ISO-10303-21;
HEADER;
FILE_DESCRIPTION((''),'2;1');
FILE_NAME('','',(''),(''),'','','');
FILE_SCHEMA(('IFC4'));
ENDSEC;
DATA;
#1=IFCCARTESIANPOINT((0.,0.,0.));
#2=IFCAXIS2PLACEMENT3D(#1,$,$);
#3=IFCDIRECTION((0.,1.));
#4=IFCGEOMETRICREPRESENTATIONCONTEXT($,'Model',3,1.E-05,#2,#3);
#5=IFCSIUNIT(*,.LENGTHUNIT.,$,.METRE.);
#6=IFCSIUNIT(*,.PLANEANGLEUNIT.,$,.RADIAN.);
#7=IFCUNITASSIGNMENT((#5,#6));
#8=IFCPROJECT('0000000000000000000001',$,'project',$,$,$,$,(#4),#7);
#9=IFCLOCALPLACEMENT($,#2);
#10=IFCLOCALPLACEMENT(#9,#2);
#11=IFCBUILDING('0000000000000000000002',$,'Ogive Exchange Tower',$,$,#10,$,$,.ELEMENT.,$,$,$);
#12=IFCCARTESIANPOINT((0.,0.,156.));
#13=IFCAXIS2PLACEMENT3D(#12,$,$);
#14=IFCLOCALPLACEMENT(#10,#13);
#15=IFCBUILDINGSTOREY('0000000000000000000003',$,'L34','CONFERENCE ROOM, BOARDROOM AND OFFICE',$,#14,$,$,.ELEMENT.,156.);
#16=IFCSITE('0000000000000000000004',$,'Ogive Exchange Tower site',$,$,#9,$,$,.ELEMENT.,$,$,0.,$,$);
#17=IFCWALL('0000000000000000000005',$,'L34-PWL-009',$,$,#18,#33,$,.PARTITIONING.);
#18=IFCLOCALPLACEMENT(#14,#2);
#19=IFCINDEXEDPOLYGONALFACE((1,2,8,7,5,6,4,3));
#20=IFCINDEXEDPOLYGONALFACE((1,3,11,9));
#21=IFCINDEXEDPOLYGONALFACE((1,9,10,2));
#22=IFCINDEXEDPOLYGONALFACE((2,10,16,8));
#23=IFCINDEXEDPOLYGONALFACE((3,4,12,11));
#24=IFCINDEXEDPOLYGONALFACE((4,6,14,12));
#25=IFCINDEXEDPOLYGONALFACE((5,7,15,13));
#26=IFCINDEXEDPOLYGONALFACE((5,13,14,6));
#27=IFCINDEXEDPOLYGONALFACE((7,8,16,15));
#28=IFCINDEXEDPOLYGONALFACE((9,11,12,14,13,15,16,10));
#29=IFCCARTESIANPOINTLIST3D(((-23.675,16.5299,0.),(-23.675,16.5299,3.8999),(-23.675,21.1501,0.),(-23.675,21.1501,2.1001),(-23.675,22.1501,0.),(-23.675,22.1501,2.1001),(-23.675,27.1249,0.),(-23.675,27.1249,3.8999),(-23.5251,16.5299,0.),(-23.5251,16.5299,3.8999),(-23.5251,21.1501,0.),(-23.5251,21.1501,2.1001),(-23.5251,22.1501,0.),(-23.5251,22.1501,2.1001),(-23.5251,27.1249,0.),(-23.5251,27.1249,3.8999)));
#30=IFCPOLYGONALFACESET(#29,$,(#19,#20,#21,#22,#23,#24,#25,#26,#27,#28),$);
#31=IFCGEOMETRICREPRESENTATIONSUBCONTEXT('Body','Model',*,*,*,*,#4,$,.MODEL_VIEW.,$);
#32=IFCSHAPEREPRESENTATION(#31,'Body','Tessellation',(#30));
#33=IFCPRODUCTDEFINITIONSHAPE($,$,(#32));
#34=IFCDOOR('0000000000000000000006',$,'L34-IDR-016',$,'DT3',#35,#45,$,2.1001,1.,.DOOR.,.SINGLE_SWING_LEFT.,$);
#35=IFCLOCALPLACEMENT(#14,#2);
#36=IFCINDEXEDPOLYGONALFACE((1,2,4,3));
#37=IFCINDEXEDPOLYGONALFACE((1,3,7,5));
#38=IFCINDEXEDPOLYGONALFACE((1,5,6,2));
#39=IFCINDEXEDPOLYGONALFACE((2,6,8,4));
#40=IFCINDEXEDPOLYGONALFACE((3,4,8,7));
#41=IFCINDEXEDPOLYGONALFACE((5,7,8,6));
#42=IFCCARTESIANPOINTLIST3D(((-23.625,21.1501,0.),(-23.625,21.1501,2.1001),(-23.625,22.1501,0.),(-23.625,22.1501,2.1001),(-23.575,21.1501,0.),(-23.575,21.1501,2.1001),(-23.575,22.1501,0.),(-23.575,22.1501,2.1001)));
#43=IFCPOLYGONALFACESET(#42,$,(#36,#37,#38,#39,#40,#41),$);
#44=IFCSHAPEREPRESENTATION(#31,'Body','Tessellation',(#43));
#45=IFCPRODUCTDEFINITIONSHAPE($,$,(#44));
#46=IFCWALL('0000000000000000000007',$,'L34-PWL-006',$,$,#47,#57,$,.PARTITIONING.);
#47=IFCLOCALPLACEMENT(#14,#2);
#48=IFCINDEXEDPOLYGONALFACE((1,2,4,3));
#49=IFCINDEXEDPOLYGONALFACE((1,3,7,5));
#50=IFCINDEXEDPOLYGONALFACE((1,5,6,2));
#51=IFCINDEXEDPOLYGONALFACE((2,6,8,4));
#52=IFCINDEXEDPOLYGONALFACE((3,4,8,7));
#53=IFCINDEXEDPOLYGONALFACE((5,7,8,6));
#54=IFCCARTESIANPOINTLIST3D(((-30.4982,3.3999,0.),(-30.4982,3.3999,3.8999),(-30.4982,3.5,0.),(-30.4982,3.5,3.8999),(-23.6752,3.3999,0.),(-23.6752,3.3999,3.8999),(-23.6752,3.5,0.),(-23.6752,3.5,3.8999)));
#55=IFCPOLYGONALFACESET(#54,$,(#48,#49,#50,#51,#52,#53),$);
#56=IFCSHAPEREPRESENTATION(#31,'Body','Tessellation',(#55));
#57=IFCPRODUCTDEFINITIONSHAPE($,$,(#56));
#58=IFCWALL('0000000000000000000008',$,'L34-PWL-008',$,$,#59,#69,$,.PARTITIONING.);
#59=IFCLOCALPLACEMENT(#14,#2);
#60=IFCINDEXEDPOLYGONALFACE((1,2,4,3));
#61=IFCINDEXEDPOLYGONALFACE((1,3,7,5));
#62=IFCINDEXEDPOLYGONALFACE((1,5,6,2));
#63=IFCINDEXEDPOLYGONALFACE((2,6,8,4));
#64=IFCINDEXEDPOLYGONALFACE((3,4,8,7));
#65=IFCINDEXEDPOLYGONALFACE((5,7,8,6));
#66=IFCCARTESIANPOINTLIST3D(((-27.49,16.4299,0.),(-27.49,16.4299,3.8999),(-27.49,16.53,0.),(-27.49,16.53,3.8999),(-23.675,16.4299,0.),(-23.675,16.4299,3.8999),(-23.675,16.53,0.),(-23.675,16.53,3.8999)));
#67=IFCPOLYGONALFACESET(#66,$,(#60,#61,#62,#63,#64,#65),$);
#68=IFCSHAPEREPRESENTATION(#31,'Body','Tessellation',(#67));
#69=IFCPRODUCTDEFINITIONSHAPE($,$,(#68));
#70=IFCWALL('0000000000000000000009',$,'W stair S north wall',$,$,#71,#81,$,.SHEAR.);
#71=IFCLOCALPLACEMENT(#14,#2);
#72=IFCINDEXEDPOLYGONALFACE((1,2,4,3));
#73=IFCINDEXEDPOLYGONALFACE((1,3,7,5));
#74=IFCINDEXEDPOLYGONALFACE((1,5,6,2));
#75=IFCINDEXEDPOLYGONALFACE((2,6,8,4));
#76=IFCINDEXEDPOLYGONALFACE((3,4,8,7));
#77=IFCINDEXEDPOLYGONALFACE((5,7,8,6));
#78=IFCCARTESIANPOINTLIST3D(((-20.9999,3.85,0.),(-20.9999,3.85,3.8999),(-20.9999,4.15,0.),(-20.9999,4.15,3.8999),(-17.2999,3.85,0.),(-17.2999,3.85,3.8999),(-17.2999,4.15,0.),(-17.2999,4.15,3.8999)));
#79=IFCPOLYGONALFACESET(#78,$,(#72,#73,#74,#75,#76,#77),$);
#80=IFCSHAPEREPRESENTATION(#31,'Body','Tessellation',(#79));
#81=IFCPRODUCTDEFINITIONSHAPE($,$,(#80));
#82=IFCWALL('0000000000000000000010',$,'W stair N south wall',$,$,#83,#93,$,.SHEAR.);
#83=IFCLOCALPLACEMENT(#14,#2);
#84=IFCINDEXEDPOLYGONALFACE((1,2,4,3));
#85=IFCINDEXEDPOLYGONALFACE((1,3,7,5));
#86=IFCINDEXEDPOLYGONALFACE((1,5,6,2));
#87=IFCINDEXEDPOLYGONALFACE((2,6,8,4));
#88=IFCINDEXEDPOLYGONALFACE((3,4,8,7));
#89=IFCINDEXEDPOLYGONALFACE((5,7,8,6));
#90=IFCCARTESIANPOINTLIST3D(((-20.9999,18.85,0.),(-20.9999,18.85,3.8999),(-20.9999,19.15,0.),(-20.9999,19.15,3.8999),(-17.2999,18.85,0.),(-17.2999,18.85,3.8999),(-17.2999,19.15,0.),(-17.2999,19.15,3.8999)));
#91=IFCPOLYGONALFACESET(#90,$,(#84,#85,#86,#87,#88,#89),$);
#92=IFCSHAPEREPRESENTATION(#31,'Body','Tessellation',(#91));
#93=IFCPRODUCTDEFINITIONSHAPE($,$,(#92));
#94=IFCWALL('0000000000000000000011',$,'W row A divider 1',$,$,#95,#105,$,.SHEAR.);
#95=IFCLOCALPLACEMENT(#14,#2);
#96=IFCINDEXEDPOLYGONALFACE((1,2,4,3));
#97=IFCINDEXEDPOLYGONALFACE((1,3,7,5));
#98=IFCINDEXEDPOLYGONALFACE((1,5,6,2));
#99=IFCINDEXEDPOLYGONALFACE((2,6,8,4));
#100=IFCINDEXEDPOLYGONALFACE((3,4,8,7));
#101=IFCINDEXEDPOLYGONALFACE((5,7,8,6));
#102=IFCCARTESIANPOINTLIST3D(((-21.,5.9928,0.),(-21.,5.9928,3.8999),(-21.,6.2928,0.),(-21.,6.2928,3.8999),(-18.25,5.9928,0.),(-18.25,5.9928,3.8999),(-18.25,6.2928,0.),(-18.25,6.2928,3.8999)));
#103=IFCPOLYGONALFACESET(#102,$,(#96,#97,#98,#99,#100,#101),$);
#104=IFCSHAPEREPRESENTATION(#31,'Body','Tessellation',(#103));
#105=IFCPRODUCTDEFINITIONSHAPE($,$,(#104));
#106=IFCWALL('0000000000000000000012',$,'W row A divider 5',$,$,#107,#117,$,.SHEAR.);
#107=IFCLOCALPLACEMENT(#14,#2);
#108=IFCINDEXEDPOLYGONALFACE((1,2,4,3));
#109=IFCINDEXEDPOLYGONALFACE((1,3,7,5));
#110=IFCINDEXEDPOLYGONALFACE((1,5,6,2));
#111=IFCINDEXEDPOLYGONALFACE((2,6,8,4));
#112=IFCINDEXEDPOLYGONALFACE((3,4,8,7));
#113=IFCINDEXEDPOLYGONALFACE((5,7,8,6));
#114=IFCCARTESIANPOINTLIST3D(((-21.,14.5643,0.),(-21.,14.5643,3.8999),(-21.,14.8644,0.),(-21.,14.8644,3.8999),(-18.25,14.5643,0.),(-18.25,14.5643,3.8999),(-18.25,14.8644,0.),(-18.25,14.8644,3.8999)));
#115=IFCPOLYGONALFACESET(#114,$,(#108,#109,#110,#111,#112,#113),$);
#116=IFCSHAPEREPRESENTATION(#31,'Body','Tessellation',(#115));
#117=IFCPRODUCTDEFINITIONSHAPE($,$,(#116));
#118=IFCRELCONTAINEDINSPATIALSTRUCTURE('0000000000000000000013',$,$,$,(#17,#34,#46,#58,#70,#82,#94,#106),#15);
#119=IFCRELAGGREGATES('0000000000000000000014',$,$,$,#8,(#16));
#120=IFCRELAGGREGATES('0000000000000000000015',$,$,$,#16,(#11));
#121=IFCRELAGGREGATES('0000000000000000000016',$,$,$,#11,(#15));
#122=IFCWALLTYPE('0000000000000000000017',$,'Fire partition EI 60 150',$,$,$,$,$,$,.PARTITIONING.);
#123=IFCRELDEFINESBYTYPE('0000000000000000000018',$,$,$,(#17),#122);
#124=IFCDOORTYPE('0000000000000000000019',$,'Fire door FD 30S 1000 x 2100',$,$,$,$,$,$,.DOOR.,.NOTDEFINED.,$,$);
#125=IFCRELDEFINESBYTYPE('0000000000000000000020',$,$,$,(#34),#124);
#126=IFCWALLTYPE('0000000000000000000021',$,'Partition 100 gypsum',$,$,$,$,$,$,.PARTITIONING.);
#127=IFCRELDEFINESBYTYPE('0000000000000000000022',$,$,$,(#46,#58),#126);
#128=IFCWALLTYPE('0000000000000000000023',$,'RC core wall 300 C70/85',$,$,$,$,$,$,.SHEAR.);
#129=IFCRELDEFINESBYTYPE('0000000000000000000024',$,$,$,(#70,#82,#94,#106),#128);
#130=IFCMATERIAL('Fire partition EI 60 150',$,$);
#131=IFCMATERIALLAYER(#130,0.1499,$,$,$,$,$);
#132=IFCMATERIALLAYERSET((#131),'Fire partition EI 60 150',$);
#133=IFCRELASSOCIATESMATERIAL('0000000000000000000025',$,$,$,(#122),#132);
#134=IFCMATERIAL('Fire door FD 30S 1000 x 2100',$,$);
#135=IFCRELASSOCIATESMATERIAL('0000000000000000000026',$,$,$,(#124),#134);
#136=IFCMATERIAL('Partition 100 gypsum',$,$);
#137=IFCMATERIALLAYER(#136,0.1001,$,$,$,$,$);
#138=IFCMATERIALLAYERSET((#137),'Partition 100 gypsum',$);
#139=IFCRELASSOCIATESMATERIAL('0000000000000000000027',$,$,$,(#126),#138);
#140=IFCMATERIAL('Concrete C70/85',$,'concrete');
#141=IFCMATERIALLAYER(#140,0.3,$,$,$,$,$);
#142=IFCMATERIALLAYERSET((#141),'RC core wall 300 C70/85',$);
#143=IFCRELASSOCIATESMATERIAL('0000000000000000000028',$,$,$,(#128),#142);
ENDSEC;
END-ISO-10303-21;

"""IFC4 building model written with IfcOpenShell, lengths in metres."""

from ifc_helpers import new_model, si_unit, direction, frame, frame_2d, origin, place, context, subcontext, project, spatial, rectangle, extrude, material, layer, layer_set, type_object, element, fill, save


model = new_model("IFC4")

# Units and contexts
model_context = context("Model", 3, precision=1e-05, world=origin(), true_north=direction((0.0, 1.0)))
body_context = subcontext(model_context, "Body", "Model", "MODEL_VIEW")
ifc_project = project(units=[si_unit("LENGTHUNIT", "METRE"), si_unit("PLANEANGLEUNIT", "RADIAN")], contexts=[model_context])

# Site, building, storey
site_placement = place(None, origin())
site = spatial("IfcSite", under=ifc_project, at=site_placement, Name="Ogive Exchange Tower site", CompositionType="ELEMENT", RefElevation=0.0)
building_placement = place(site_placement, origin())
building = spatial("IfcBuilding", under=site, at=building_placement, Name="Ogive Exchange Tower", CompositionType="ELEMENT")
storey_placement = place(building_placement, frame((0.0, 0.0, 156.0)))
storey = spatial("IfcBuildingStorey", under=building, at=storey_placement, Name="L34", Description="CONFERENCE ROOM, BOARDROOM AND OFFICE", CompositionType="ELEMENT", Elevation=156.0)

# Wall, opening, door
ifc_material_1 = material(Name="Fire partition EI 60 150")
ifc_layer_1 = layer(ifc_material_1, 0.1499)
ifc_layer_set_1 = layer_set([ifc_layer_1], Name="Fire partition EI 60 150")
wall_type_1 = type_object("IfcWallType", Name="Fire partition EI 60 150", PredefinedType="PARTITIONING", material=ifc_layer_set_1)
ifc_material_2 = material(Name="Fire door FD 30S 1000 x 2100")
door_type = type_object("IfcDoorType", Name="Fire door FD 30S 1000 x 2100", OperationType="NOTDEFINED", PredefinedType="DOOR", material=ifc_material_2)
wall_1_placement = place(storey_placement, frame((-23.6001, 16.53, 0.0), z_axis=(0.0, 0.0, 1.0), x_axis=(0.0, 1.0, 0.0)))
wall_1 = element("IfcWall", 1, at=wall_1_placement, inside=storey, type_object=wall_type_1, Name="L34-PWL-009", PredefinedType="PARTITIONING", context=body_context, shape_type="SweptSolid", body=[
    extrude(rectangle(XDim=10.595, YDim=0.1499, at=frame_2d((5.2974, 0.0))), origin(), (0.0, 0.0, 1.0), 3.8999),
])
opening_1_placement = place(wall_1_placement, frame((4.6201, 0.0, 0.0)))
opening_1 = element("IfcOpeningElement", 2, at=opening_1_placement, cuts=wall_1, PredefinedType="OPENING", context=body_context, shape_type="SweptSolid", body=[
    extrude(rectangle(XDim=1.0, YDim=2.1001, at=frame_2d((0.5, 1.05))), frame((0.0, 0.085, 0.0), z_axis=(0.0, -1.0, 0.0), x_axis=(1.0, 0.0, 0.0)), (0.0, 0.0, 1.0), 0.1699),
])
door_1_placement = place(opening_1_placement, origin())
door_1 = element("IfcDoor", 3, at=door_1_placement, inside=storey, type_object=door_type, Name="L34-IDR-016", ObjectType="DT3", OperationType="SINGLE_SWING_LEFT", OverallHeight=2.1001, OverallWidth=1.0, PredefinedType="DOOR", context=body_context, shape_type="SweptSolid", body=[
    extrude(rectangle(XDim=1.0, YDim=2.1001, at=frame_2d((0.5, 1.05))), frame((0.0, 0.0249, 0.0), z_axis=(0.0, -1.0, 0.0), x_axis=(1.0, 0.0, 0.0)), (0.0, 0.0, 1.0), 0.05),
])
fill(opening_1, door_1)

# Walls
ifc_material_3 = material(Name="Partition 100 gypsum")
ifc_layer_2 = layer(ifc_material_3, 0.1001)
ifc_layer_set_2 = layer_set([ifc_layer_2], Name="Partition 100 gypsum")
wall_type_2 = type_object("IfcWallType", Name="Partition 100 gypsum", PredefinedType="PARTITIONING", material=ifc_layer_set_2)
wall_2_placement = place(storey_placement, frame((-23.675, 3.45, 0.0), z_axis=(0.0, 0.0, 1.0), x_axis=(-1.0, 0.0, 0.0)))
element("IfcWall", 4, at=wall_2_placement, inside=storey, type_object=wall_type_2, Name="L34-PWL-006", PredefinedType="PARTITIONING", context=body_context, shape_type="SweptSolid", body=[
    extrude(rectangle(XDim=6.823, YDim=0.1001, at=frame_2d((3.4116, 0.0))), origin(), (0.0, 0.0, 1.0), 3.8999),
])
wall_3_placement = place(storey_placement, frame((-23.675, 16.48, 0.0), z_axis=(0.0, 0.0, 1.0), x_axis=(-1.0, 0.0, 0.0)))
element("IfcWall", 5, at=wall_3_placement, inside=storey, type_object=wall_type_2, Name="L34-PWL-008", PredefinedType="PARTITIONING", context=body_context, shape_type="SweptSolid", body=[
    extrude(rectangle(XDim=3.8149, YDim=0.1001, at=frame_2d((1.9075, 0.0))), origin(), (0.0, 0.0, 1.0), 3.8999),
])
ifc_material_4 = material(Name="Concrete C70/85", Category="concrete")
ifc_layer_3 = layer(ifc_material_4, 0.3)
ifc_layer_set_3 = layer_set([ifc_layer_3], Name="RC core wall 300 C70/85")
wall_type_3 = type_object("IfcWallType", Name="RC core wall 300 C70/85", PredefinedType="SHEAR", material=ifc_layer_set_3)
for number, where, z_axis, x_axis, name in (
    (6, (-21.0, 4.0, 0.0), (0.0, 0.0, 1.0), (1.0, 0.0, 0.0), "W stair S north wall"),
    (7, (-21.0, 19.0, 0.0), (0.0, 0.0, 1.0), (1.0, 0.0, 0.0), "W stair N south wall"),
):
    element("IfcWall", number, at=place(storey_placement, frame(where, z_axis=z_axis, x_axis=x_axis)), inside=storey, type_object=wall_type_3, Name=name, PredefinedType="SHEAR", context=body_context, shape_type="SweptSolid", body=[
        extrude(rectangle(XDim=3.7, YDim=0.3, at=frame_2d((1.8501, 0.0))), origin(), (0.0, 0.0, 1.0), 3.8999),
    ])
for number, where, z_axis, x_axis, name in (
    (8, (-21.0, 6.1428, 0.0), (0.0, 0.0, 1.0), (1.0, 0.0, 0.0), "W row A divider 1"),
    (9, (-21.0, 14.7144, 0.0), (0.0, 0.0, 1.0), (1.0, 0.0, 0.0), "W row A divider 5"),
):
    element("IfcWall", number, at=place(storey_placement, frame(where, z_axis=z_axis, x_axis=x_axis)), inside=storey, type_object=wall_type_3, Name=name, PredefinedType="SHEAR", context=body_context, shape_type="SweptSolid", body=[
        extrude(rectangle(XDim=2.75, YDim=0.3, at=frame_2d((1.375, 0.0))), origin(), (0.0, 0.0, 1.0), 3.8999),
    ])

save(model, "model.ifc")
